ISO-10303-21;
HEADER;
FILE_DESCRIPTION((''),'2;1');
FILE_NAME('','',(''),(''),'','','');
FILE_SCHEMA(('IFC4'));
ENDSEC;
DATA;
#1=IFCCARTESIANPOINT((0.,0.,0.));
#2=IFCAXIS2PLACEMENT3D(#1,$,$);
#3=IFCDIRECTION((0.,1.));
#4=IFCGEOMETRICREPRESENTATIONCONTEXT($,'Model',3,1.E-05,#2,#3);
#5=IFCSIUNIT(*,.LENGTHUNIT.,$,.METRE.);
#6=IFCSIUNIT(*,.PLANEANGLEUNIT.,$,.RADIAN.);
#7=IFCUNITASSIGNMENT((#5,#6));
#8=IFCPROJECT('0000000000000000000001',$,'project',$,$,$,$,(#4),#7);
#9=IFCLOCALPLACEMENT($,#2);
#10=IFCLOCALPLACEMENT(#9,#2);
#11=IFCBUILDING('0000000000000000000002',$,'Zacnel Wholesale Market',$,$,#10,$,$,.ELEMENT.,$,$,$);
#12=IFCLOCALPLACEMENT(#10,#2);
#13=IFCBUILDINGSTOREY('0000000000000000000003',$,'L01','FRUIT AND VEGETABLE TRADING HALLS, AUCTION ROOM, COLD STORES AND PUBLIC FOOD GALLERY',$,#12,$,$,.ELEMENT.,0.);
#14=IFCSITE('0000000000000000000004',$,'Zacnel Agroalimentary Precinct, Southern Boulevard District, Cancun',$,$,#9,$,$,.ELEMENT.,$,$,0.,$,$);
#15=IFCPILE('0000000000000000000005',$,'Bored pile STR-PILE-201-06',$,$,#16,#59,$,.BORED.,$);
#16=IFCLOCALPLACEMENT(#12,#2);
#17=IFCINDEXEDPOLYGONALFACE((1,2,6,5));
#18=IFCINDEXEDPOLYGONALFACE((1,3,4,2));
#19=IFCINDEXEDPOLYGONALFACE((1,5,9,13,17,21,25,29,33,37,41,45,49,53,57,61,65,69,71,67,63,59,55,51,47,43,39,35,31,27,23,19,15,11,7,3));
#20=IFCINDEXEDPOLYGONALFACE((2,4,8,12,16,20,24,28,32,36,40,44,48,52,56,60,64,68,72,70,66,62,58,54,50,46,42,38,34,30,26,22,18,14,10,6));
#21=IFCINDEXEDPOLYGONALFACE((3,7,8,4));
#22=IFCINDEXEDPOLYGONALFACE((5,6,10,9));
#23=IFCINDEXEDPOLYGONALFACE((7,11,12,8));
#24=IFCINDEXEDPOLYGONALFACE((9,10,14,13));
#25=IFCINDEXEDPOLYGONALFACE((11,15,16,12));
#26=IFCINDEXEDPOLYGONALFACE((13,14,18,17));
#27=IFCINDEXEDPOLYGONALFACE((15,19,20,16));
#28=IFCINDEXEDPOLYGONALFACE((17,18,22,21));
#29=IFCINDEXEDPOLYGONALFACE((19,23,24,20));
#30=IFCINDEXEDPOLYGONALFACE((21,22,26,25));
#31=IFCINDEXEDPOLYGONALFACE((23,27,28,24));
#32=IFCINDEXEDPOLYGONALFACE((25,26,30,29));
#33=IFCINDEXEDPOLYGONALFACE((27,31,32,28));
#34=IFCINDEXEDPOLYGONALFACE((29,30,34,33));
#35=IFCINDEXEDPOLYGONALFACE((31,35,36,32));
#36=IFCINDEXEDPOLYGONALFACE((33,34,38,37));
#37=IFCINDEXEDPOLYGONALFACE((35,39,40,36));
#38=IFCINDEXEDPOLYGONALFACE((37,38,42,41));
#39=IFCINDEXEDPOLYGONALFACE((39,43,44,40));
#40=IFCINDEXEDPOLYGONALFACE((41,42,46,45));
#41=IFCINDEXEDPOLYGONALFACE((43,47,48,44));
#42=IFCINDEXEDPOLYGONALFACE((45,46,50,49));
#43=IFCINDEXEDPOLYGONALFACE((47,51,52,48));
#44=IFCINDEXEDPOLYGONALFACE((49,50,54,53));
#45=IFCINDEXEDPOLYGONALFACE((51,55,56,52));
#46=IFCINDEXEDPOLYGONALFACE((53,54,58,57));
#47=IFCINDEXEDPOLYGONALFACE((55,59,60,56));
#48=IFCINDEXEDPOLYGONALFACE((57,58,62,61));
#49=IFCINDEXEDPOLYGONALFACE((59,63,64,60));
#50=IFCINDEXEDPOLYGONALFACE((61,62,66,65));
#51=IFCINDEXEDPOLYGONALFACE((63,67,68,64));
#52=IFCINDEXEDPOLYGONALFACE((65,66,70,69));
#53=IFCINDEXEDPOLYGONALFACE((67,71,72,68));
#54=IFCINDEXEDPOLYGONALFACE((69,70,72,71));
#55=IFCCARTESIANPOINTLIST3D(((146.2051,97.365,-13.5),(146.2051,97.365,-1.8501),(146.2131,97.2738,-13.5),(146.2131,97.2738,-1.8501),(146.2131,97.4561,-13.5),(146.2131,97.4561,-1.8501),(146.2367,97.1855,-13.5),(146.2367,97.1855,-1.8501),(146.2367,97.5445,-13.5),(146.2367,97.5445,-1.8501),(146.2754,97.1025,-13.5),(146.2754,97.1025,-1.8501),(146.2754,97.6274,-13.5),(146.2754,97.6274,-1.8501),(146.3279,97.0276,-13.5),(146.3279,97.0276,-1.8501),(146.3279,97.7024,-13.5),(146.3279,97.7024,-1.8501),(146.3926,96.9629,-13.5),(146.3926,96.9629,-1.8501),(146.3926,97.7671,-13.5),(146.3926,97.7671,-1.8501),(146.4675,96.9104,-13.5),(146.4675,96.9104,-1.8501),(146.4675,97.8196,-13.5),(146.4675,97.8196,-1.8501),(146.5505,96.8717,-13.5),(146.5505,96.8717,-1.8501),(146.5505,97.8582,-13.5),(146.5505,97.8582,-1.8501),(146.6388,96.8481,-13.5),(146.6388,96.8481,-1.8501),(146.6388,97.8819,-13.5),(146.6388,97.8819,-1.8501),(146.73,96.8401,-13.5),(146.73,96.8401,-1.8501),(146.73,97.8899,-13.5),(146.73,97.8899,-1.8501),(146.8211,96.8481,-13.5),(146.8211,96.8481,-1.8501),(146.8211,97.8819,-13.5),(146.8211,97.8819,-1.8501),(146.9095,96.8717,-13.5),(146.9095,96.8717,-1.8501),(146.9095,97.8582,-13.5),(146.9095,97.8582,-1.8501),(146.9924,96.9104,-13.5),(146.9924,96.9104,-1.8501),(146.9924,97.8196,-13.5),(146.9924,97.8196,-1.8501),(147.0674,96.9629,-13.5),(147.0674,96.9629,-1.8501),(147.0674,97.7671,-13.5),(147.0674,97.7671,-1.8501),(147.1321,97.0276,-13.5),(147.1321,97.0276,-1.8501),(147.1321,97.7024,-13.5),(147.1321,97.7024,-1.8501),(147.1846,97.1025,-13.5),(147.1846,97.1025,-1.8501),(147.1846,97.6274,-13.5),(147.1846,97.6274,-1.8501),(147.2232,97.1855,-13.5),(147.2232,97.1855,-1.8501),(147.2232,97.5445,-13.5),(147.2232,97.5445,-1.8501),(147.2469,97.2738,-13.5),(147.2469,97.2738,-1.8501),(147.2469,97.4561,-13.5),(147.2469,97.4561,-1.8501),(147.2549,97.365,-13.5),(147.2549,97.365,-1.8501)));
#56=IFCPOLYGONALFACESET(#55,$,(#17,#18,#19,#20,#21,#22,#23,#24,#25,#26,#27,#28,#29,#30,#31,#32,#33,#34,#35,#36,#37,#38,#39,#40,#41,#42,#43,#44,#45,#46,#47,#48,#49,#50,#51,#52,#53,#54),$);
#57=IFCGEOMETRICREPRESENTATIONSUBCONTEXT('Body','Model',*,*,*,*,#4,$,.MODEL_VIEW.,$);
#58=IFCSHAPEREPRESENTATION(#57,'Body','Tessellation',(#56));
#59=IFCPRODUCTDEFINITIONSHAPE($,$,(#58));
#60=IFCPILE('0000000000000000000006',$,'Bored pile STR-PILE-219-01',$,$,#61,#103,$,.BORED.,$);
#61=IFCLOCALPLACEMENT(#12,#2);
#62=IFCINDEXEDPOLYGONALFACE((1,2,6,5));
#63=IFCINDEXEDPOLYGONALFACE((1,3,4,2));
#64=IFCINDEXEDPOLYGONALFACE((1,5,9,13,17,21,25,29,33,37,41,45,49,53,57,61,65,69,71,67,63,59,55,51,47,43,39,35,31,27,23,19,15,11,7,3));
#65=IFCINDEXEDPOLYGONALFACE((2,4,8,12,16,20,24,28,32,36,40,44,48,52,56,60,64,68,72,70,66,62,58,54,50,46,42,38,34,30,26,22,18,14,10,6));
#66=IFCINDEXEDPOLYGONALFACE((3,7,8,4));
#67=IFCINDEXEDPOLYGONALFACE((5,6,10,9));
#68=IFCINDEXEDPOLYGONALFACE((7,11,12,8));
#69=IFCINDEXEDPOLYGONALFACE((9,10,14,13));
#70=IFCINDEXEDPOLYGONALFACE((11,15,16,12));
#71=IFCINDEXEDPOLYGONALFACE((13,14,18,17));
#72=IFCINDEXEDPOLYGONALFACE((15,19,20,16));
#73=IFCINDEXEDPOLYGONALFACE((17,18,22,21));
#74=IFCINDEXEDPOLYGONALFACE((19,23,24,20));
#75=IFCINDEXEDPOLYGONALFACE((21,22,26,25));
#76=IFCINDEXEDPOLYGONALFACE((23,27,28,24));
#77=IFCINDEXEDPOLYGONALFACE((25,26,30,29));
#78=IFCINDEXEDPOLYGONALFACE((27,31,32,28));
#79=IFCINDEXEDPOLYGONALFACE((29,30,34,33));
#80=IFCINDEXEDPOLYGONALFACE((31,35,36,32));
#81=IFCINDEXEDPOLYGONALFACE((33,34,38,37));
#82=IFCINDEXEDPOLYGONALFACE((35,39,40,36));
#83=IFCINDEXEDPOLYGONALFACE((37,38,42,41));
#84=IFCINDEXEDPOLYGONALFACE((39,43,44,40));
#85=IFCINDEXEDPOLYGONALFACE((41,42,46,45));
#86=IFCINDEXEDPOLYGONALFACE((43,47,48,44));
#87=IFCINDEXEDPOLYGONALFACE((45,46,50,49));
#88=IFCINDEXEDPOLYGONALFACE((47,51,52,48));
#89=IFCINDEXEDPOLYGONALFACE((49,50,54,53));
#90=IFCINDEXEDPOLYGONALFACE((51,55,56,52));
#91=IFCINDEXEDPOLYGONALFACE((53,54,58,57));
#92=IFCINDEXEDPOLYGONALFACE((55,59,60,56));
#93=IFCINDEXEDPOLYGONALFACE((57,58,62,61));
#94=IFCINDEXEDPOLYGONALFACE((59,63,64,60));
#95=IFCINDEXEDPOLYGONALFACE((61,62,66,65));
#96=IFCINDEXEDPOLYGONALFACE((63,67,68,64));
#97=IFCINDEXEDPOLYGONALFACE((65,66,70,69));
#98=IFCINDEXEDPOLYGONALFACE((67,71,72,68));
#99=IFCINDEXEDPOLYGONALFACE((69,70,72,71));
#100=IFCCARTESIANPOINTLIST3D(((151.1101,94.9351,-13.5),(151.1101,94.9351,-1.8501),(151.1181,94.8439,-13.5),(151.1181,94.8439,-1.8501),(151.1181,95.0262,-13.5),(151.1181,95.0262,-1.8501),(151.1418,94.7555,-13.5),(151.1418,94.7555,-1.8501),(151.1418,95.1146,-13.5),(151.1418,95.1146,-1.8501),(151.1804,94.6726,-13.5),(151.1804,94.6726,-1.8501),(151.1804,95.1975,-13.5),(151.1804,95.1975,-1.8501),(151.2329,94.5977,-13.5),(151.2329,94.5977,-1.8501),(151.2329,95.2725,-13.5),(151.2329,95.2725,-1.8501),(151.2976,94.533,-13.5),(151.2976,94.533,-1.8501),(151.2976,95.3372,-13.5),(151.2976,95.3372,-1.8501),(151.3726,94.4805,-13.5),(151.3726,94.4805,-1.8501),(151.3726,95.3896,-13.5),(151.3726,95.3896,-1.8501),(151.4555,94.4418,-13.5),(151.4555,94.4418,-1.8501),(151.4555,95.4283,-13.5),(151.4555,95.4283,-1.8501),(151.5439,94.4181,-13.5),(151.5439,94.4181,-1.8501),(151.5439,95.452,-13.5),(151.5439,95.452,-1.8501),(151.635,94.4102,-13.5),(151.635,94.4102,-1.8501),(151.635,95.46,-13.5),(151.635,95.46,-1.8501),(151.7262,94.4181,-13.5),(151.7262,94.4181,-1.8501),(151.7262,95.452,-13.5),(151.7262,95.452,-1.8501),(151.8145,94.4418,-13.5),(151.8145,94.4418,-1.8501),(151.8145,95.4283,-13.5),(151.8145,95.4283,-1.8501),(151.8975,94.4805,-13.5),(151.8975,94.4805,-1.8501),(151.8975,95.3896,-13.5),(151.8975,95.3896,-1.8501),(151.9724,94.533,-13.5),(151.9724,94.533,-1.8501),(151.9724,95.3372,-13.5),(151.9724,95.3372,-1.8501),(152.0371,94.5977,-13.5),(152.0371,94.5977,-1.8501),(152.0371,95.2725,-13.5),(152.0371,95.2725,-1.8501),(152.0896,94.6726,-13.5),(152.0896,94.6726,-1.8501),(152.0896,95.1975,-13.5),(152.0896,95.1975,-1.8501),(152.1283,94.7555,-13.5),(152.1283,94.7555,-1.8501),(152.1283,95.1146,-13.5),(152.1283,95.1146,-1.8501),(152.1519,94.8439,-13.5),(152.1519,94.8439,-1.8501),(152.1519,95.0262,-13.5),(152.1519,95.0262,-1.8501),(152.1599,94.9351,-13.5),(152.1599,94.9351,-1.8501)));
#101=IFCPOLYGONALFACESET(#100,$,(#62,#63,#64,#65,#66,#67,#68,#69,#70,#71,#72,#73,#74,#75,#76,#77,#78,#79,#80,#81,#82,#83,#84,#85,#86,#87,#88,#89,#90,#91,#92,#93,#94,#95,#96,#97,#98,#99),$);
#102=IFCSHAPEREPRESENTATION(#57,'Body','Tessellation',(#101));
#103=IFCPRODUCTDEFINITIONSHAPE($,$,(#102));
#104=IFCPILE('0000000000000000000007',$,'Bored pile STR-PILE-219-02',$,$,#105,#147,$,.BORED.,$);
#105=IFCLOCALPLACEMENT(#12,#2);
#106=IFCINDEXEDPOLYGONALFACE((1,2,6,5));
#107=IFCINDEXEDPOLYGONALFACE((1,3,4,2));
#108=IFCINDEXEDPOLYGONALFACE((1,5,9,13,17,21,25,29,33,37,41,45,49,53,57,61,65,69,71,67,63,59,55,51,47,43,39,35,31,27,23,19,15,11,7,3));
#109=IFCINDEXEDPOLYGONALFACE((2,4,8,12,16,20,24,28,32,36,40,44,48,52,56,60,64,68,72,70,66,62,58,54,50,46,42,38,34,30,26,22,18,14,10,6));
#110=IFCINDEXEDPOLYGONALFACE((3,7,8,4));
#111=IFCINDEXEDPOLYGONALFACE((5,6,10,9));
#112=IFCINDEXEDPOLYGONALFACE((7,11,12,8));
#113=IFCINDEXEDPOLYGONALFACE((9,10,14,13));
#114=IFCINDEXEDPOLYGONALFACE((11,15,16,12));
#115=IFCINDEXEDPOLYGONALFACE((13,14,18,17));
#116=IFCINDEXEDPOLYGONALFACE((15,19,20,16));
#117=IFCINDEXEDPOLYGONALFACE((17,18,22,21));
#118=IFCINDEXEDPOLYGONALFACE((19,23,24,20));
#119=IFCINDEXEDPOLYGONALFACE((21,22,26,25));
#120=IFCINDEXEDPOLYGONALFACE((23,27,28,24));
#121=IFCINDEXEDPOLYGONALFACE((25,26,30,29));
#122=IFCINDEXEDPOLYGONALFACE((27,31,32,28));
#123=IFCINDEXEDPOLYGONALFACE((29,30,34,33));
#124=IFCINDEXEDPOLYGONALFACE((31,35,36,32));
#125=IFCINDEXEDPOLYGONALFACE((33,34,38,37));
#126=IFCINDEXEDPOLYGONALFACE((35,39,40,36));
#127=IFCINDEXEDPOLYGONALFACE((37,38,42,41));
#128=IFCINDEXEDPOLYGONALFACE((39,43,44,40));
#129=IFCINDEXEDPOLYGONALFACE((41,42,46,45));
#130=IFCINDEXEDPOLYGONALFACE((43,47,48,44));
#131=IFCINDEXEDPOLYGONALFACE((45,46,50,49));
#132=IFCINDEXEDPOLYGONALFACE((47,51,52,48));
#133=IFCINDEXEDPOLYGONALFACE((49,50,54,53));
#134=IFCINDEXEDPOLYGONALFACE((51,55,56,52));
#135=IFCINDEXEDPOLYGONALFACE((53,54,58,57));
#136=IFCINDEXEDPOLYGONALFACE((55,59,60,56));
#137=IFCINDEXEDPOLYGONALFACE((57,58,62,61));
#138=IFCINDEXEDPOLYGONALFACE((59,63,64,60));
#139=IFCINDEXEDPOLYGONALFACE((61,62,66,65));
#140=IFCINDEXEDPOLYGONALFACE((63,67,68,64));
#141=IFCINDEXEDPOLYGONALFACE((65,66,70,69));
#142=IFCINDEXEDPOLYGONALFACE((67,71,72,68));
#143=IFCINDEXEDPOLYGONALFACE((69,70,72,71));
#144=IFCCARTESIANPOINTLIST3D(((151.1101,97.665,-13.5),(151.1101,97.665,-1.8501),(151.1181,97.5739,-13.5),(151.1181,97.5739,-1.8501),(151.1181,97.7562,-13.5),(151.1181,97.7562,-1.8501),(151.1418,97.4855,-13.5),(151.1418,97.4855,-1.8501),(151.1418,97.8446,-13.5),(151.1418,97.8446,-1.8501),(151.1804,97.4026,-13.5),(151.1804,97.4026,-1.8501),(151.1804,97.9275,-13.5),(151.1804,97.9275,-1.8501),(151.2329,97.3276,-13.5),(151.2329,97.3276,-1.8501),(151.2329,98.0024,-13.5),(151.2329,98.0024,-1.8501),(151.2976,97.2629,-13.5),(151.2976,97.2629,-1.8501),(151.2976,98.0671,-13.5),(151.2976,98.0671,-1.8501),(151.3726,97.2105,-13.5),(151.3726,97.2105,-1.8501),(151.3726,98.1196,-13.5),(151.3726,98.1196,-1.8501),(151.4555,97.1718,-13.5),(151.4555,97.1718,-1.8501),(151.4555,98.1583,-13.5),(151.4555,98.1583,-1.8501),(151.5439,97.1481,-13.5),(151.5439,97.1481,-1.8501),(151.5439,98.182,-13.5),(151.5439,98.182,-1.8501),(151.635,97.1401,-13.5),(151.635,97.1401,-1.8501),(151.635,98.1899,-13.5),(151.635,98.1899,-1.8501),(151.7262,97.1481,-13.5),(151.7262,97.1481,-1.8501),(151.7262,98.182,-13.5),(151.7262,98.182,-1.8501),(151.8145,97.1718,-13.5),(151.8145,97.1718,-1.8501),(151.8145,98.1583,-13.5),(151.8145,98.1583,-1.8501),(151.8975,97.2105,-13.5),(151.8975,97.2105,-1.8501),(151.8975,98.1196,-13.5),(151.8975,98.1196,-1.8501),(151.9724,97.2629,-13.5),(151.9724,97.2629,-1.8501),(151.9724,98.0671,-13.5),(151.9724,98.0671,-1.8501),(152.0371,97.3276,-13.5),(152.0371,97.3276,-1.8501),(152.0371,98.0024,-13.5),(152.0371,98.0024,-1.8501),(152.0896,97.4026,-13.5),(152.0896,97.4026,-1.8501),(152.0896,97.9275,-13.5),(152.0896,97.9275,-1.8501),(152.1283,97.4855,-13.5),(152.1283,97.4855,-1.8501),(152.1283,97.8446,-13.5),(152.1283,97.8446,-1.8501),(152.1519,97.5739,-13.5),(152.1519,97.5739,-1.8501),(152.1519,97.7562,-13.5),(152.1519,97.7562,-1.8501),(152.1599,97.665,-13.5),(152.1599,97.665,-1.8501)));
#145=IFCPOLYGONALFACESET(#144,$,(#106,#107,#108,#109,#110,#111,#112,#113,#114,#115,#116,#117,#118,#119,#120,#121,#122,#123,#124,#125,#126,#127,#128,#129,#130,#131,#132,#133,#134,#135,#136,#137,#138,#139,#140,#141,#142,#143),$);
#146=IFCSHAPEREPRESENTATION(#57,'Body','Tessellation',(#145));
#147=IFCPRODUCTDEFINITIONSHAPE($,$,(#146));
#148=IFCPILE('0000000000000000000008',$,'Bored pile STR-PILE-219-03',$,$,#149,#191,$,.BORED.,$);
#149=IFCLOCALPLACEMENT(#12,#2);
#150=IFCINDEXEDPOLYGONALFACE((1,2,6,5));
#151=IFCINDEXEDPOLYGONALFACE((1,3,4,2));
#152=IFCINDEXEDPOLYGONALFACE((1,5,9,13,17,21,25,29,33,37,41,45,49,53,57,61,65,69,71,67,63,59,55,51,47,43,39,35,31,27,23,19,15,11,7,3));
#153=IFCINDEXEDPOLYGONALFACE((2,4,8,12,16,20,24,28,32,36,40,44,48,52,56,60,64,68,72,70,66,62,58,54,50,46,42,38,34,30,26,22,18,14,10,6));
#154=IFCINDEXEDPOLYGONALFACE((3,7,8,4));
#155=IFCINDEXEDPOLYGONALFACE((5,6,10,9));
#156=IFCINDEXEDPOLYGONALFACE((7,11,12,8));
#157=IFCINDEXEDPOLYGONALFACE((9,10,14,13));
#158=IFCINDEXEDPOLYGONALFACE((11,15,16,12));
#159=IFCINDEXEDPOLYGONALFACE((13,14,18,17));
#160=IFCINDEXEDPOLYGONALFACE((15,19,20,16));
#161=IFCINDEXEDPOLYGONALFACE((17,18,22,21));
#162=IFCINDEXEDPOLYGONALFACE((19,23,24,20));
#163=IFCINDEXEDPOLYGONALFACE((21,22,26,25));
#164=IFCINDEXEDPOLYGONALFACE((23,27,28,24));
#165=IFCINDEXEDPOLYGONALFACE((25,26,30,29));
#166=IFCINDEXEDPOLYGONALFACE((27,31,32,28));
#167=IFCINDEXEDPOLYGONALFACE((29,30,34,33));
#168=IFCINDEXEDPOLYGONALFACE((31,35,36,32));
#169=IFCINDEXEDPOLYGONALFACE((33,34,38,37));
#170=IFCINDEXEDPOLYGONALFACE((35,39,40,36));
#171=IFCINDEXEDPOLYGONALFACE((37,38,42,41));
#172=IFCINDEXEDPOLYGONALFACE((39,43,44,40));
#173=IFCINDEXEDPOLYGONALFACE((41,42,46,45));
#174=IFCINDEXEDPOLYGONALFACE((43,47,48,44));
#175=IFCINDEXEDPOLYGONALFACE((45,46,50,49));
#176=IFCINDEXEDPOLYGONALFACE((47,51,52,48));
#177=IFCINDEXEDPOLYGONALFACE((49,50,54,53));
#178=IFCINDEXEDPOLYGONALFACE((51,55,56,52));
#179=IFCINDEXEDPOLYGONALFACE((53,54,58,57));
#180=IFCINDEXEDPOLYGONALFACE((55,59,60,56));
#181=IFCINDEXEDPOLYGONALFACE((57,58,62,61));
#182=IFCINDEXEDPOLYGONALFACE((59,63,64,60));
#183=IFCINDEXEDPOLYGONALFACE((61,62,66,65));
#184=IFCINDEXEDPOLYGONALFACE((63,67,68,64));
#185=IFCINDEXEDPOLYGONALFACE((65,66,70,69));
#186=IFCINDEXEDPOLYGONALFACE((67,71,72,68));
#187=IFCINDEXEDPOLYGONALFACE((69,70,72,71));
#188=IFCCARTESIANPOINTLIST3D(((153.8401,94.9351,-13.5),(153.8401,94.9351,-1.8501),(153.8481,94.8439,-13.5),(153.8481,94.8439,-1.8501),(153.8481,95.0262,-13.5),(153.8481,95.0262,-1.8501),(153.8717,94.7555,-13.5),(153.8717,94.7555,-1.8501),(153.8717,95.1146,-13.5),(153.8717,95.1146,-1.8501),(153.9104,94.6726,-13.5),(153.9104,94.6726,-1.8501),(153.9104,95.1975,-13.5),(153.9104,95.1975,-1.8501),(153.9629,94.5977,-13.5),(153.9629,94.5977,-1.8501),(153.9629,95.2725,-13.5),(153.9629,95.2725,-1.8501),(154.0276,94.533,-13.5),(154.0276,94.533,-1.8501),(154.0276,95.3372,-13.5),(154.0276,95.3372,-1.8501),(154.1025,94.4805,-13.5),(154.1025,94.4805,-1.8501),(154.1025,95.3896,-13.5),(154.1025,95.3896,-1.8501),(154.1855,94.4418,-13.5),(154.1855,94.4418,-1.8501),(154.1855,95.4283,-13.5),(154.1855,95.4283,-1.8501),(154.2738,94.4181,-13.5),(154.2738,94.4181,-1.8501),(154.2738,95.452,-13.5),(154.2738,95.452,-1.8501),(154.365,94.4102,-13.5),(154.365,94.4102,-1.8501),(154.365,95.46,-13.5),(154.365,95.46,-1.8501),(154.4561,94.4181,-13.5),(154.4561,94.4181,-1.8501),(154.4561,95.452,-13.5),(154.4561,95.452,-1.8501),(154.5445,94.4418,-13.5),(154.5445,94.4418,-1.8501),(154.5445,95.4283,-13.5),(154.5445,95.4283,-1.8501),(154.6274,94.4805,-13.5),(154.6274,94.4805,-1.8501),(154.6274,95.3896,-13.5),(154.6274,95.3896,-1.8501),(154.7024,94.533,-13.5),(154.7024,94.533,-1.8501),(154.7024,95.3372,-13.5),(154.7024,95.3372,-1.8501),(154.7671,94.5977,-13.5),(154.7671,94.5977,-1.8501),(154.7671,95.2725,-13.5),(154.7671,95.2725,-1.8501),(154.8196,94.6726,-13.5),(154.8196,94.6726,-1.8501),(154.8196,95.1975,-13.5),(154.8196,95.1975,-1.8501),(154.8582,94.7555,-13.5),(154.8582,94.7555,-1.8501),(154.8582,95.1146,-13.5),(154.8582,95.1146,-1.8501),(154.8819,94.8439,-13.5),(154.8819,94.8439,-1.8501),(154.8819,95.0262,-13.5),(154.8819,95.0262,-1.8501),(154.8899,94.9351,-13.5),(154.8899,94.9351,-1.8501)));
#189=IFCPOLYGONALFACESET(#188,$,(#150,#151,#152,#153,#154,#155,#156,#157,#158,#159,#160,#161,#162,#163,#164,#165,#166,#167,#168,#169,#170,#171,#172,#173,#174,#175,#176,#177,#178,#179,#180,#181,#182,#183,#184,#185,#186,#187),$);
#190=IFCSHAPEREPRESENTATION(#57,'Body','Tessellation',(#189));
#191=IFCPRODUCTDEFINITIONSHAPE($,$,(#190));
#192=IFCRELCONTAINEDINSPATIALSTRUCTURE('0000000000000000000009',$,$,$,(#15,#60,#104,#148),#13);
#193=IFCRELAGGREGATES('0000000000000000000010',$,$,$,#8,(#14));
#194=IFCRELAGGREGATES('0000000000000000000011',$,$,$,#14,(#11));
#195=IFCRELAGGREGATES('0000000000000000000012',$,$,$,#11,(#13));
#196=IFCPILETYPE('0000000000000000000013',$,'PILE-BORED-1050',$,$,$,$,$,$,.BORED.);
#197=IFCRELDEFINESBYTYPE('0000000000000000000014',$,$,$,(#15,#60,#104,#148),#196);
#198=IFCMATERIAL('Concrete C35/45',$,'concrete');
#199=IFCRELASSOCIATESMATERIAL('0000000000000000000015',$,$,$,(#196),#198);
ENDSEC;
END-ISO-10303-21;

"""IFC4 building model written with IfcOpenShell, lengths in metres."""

from ifc_helpers import new_model, si_unit, direction, frame, origin, origin_2d, place, context, subcontext, project, spatial, circle, extrude, material, material_profile, profile_set, type_object, element, save


model = new_model("IFC4")

# Units and contexts
model_context = context("Model", 3, precision=1e-05, world=origin(), true_north=direction((0.0, 1.0)))
body_context = subcontext(model_context, "Body", "Model", "MODEL_VIEW")
ifc_project = project(units=[si_unit("LENGTHUNIT", "METRE"), si_unit("PLANEANGLEUNIT", "RADIAN")], contexts=[model_context])

# Site, building, storey
site_placement = place(None, origin())
site = spatial("IfcSite", under=ifc_project, at=site_placement, Name="Zacnel Agroalimentary Precinct, Southern Boulevard District, Cancun", CompositionType="ELEMENT", RefElevation=0.0)
building_placement = place(site_placement, origin())
building = spatial("IfcBuilding", under=site, at=building_placement, Name="Zacnel Wholesale Market", CompositionType="ELEMENT")
storey_placement = place(building_placement, origin())
storey = spatial("IfcBuildingStorey", under=building, at=storey_placement, Name="L01", Description="FRUIT AND VEGETABLE TRADING HALLS, AUCTION ROOM, COLD STORES AND PUBLIC FOOD GALLERY", CompositionType="ELEMENT", Elevation=0.0)

# Piles
ifc_material_1 = material(Name="Concrete C35/45", Category="concrete")
ifc_material_profile_1 = material_profile(ifc_material_1, circle(Radius=0.5249, at=origin_2d()), Name="BORED PILE D1050")
ifc_profile_set_1 = profile_set([ifc_material_profile_1], Name="Concrete C35/45")
pile_type_1 = type_object("IfcPileType", Name="PILE-BORED-1050", PredefinedType="BORED", material=ifc_profile_set_1)
for number, where, z_axis, x_axis, name in (
    (1, (146.73, 97.365, -1.8501), (0.0, 0.0, -1.0), (1.0, 0.0, 0.0), "Bored pile STR-PILE-201-06"),
    (2, (151.635, 94.9351, -1.8501), (0.0, 0.0, -1.0), (1.0, 0.0, 0.0), "Bored pile STR-PILE-219-01"),
    (3, (151.635, 97.665, -1.8501), (0.0, 0.0, -1.0), (1.0, 0.0, 0.0), "Bored pile STR-PILE-219-02"),
    (4, (154.365, 94.9351, -1.8501), (0.0, 0.0, -1.0), (1.0, 0.0, 0.0), "Bored pile STR-PILE-219-03"),
):
    element("IfcPile", number, at=place(storey_placement, frame(where, z_axis=z_axis, x_axis=x_axis)), inside=storey, type_object=pile_type_1, Name=name, PredefinedType="BORED", context=body_context, shape_type="SweptSolid", body=[
        extrude(circle(Radius=0.5249, at=origin_2d()), origin(), (0.0, 0.0, 1.0), 11.6499),
    ])

save(model, "model.ifc")
